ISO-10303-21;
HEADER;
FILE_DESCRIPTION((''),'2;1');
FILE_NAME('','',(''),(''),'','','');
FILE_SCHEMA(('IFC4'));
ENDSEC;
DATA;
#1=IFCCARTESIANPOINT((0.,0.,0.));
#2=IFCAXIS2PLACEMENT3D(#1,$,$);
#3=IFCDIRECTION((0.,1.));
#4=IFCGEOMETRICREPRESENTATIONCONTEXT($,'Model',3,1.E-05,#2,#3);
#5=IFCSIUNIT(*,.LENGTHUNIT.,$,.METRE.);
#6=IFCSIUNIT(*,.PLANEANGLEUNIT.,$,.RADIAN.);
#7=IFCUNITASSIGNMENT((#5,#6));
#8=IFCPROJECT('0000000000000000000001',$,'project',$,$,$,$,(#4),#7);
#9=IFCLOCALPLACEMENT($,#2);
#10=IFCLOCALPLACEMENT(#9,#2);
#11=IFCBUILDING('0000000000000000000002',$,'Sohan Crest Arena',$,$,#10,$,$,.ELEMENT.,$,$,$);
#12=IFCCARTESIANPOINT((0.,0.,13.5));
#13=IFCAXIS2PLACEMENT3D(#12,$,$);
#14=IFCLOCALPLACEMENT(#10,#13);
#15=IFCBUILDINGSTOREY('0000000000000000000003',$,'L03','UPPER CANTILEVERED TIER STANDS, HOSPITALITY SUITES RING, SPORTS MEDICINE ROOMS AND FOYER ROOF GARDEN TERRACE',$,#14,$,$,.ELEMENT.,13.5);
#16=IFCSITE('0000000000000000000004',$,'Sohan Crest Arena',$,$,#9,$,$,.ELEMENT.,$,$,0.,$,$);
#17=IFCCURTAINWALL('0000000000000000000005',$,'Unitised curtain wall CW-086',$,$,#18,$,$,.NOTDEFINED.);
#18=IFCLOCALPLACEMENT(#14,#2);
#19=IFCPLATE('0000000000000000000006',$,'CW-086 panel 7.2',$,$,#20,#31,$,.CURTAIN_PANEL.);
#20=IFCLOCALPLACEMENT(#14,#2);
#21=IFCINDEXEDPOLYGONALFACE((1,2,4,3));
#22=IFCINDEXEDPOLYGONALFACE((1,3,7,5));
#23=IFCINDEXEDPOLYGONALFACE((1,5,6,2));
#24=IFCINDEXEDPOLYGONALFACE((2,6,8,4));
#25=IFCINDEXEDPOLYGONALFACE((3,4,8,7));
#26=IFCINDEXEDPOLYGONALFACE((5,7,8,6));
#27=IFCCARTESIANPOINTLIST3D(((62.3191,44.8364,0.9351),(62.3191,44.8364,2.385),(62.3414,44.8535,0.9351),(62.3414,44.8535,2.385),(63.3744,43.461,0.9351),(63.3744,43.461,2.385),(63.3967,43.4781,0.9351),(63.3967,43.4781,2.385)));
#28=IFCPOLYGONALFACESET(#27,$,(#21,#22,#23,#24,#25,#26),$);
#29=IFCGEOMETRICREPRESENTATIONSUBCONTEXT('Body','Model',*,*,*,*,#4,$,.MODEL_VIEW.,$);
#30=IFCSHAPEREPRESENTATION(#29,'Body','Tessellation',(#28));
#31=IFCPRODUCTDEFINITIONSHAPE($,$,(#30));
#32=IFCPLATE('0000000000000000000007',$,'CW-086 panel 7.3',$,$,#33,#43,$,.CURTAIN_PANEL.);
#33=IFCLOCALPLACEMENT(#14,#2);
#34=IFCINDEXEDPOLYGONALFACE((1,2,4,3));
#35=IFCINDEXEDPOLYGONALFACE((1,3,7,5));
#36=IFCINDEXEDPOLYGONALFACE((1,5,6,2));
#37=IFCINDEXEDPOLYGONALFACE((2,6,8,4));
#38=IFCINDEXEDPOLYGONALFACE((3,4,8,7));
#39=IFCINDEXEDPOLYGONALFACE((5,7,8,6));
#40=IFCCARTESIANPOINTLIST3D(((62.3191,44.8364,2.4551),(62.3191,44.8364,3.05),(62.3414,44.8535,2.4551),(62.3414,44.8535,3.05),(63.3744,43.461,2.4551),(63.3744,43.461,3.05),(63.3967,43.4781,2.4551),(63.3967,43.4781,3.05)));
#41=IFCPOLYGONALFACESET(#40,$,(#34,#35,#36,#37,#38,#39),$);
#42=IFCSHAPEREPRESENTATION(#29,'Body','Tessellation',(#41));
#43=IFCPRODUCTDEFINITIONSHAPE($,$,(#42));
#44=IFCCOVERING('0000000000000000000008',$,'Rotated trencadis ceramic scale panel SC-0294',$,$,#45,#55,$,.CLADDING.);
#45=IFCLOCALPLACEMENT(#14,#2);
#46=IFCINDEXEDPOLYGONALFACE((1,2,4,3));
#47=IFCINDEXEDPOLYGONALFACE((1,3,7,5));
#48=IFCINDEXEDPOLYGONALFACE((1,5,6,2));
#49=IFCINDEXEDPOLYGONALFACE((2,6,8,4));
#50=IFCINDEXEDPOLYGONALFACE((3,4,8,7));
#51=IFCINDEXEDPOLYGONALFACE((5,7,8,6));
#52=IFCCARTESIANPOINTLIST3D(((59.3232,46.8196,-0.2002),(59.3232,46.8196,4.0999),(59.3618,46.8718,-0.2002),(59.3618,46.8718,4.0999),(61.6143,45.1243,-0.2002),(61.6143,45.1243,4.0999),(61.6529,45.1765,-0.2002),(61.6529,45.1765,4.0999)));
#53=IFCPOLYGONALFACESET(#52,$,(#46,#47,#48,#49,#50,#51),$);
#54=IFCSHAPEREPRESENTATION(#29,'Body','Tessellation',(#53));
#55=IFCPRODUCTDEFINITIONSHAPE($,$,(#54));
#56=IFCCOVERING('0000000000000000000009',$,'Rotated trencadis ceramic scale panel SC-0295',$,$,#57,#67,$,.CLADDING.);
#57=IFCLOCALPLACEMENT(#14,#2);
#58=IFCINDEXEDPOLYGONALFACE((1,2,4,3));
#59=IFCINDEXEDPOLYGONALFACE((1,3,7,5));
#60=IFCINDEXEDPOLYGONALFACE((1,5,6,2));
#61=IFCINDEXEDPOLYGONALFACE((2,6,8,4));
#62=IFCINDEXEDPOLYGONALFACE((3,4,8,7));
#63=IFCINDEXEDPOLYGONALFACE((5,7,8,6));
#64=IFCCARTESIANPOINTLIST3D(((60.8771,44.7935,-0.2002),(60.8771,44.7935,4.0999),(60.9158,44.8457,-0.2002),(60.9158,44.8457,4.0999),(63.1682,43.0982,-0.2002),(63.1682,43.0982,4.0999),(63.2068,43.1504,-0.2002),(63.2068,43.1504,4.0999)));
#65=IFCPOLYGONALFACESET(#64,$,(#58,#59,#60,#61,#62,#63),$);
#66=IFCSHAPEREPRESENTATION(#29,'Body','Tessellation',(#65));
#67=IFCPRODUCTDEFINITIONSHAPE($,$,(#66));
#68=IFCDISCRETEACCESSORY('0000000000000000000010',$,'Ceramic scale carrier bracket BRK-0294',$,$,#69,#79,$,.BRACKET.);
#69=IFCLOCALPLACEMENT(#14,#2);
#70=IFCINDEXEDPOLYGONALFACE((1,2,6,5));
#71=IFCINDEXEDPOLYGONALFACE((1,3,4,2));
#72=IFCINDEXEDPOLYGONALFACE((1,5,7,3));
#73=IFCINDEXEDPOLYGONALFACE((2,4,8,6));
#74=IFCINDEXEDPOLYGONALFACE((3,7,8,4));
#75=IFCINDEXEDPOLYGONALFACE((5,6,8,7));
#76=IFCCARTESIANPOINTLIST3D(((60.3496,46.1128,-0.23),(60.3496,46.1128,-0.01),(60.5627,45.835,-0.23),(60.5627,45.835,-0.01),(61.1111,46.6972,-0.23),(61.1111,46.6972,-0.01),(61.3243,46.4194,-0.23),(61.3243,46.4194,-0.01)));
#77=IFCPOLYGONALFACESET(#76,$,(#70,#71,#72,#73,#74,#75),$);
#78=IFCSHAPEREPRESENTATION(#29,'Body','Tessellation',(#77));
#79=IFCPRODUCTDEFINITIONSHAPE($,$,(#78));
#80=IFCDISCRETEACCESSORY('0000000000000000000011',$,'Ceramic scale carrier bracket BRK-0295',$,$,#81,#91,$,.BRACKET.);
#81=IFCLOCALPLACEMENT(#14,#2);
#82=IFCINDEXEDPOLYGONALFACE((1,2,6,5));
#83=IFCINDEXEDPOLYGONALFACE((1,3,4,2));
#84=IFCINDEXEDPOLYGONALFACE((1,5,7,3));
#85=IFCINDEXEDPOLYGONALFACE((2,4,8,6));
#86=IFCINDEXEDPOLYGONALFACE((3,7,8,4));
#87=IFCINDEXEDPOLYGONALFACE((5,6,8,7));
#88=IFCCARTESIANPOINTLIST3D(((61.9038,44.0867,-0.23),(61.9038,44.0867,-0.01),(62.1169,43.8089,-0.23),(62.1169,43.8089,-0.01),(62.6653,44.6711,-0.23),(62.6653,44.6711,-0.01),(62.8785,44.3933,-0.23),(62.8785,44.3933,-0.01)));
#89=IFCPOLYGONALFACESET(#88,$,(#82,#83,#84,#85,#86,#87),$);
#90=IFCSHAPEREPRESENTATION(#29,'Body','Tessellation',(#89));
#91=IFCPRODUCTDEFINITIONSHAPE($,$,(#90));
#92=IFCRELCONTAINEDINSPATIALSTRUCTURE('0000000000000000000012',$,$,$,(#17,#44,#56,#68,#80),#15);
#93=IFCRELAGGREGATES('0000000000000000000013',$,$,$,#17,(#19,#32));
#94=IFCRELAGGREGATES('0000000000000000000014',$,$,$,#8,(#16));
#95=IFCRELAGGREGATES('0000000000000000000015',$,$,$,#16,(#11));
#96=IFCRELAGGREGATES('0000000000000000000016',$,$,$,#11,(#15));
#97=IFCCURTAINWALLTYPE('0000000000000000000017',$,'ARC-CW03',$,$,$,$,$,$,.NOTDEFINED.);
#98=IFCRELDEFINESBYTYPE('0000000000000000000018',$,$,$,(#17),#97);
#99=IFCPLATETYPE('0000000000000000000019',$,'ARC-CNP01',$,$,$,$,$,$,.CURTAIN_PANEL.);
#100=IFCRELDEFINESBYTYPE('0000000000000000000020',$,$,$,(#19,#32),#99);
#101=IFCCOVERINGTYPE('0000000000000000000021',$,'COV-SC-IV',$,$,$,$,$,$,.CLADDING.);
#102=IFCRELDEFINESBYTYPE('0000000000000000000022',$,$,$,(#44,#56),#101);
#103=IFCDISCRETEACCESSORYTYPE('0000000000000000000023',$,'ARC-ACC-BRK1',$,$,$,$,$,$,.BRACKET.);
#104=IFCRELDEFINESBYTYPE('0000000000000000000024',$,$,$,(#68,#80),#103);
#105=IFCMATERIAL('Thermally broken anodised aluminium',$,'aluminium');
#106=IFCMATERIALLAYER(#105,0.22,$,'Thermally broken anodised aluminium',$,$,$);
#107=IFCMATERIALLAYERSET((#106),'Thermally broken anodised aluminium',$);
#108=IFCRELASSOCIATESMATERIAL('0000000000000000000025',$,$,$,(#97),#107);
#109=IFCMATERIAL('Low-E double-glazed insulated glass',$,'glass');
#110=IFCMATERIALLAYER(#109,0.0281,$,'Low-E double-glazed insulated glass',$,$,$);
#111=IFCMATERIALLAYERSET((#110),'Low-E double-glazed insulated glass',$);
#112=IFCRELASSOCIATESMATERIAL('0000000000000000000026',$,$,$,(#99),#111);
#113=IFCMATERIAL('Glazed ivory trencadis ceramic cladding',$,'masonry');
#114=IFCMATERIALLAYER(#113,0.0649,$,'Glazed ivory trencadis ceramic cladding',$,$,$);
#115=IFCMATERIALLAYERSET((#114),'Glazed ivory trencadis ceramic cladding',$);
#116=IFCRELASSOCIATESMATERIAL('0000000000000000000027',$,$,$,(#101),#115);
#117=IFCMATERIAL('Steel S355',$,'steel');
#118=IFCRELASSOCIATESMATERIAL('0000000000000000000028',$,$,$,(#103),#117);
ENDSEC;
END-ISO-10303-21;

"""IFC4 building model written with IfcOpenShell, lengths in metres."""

from ifc_helpers import new_model, si_unit, direction, frame, origin, origin_2d, place, context, subcontext, project, spatial, rectangle, extrude, material, layer, layer_set, type_object, element, aggregate, save


model = new_model("IFC4")

# Units and contexts
model_context = context("Model", 3, precision=1e-05, world=origin(), true_north=direction((0.0, 1.0)))
body_context = subcontext(model_context, "Body", "Model", "MODEL_VIEW")
ifc_project = project(units=[si_unit("LENGTHUNIT", "METRE"), si_unit("PLANEANGLEUNIT", "RADIAN")], contexts=[model_context])

# Site, building, storey
site_placement = place(None, origin())
site = spatial("IfcSite", under=ifc_project, at=site_placement, Name="Sohan Crest Arena", CompositionType="ELEMENT", RefElevation=0.0)
building_placement = place(site_placement, origin())
building = spatial("IfcBuilding", under=site, at=building_placement, Name="Sohan Crest Arena", CompositionType="ELEMENT")
storey_placement = place(building_placement, frame((0.0, 0.0, 13.5)))
storey = spatial("IfcBuildingStorey", under=building, at=storey_placement, Name="L03", Description="UPPER CANTILEVERED TIER STANDS, HOSPITALITY SUITES RING, SPORTS MEDICINE ROOMS AND FOYER ROOF GARDEN TERRACE", CompositionType="ELEMENT", Elevation=13.5)

# Shared definitions
ifc_material_1 = material(Name="Steel S355", Category="steel")

# Curtain wall
ifc_material_2 = material(Name="Thermally broken anodised aluminium", Category="aluminium")
ifc_layer_1 = layer(ifc_material_2, 0.22, Name="Thermally broken anodised aluminium")
ifc_layer_set_1 = layer_set([ifc_layer_1], Name="Thermally broken anodised aluminium")
curtain_wall_type_1 = type_object("IfcCurtainWallType", Name="ARC-CW03", PredefinedType="NOTDEFINED", material=ifc_layer_set_1)
curtain_wall_1_placement = place(storey_placement, origin())
curtain_wall_1 = element("IfcCurtainWall", 1, at=curtain_wall_1_placement, inside=storey, type_object=curtain_wall_type_1, Name="Unitised curtain wall CW-086", PredefinedType="NOTDEFINED")

# Plates
ifc_material_3 = material(Name="Low-E double-glazed insulated glass", Category="glass")
ifc_layer_2 = layer(ifc_material_3, 0.0281, Name="Low-E double-glazed insulated glass")
ifc_layer_set_2 = layer_set([ifc_layer_2], Name="Low-E double-glazed insulated glass")
plate_type = type_object("IfcPlateType", Name="ARC-CNP01", PredefinedType="CURTAIN_PANEL", material=ifc_layer_set_2)
plate_1_placement = place(storey_placement, frame((62.8579, 44.1572, 0.9351), z_axis=(0.0, 0.0, 1.0), x_axis=(0.608737, -0.793372, 0.0)))
plate_1 = element("IfcPlate", 2, at=plate_1_placement, type_object=plate_type, Name="CW-086 panel 7.2", PredefinedType="CURTAIN_PANEL", context=body_context, shape_type="SweptSolid", body=[
    extrude(rectangle(XDim=1.7336, YDim=0.0281, at=origin_2d()), origin(), (0.0, 0.0, 1.0), 1.45),
])
plate_2_placement = place(storey_placement, frame((62.8579, 44.1572, 2.4551), z_axis=(0.0, 0.0, 1.0), x_axis=(0.608737, -0.793372, 0.0)))
plate_2 = element("IfcPlate", 3, at=plate_2_placement, type_object=plate_type, Name="CW-086 panel 7.3", PredefinedType="CURTAIN_PANEL", context=body_context, shape_type="SweptSolid", body=[
    extrude(rectangle(XDim=1.7336, YDim=0.0281, at=origin_2d()), origin(), (0.0, 0.0, 1.0), 0.595),
])
aggregate(curtain_wall_1, [plate_1, plate_2])

# Coverings
ifc_material_4 = material(Name="Glazed ivory trencadis ceramic cladding", Category="masonry")
ifc_layer_3 = layer(ifc_material_4, 0.0649, Name="Glazed ivory trencadis ceramic cladding")
ifc_layer_set_3 = layer_set([ifc_layer_3], Name="Glazed ivory trencadis ceramic cladding")
covering_type = type_object("IfcCoveringType", Name="COV-SC-IV", PredefinedType="CLADDING", material=ifc_layer_set_3)
for number, where, z_axis, x_axis, name in (
    (4, (60.488, 45.998, -0.2002), (0.0, 0.0, 1.0), (0.803857, -0.594823, 0.0), "Rotated trencadis ceramic scale panel SC-0294"),
    (5, (62.042, 43.9719, -0.2002), (0.0, 0.0, 1.0), (0.803857, -0.594823, 0.0), "Rotated trencadis ceramic scale panel SC-0295"),
):
    element("IfcCovering", number, at=place(storey_placement, frame(where, z_axis=z_axis, x_axis=x_axis)), inside=storey, type_object=covering_type, Name=name, PredefinedType="CLADDING", context=body_context, shape_type="SweptSolid", body=[
        extrude(rectangle(XDim=2.8501, YDim=0.0649, at=origin_2d()), origin(), (0.0, 0.0, 1.0), 4.3),
    ])

# Discrete accessories
discrete_accessory_type = type_object("IfcDiscreteAccessoryType", Name="ARC-ACC-BRK1", PredefinedType="BRACKET", material=ifc_material_1)
for number, where, z_axis, x_axis, name in (
    (6, (60.8369, 46.2661, -0.23), (0.0, 0.0, 1.0), (0.608761, -0.793353, 0.0), "Ceramic scale carrier bracket BRK-0294"),
    (7, (62.3911, 44.24, -0.23), (0.0, 0.0, 1.0), (0.608761, -0.793353, 0.0), "Ceramic scale carrier bracket BRK-0295"),
):
    element("IfcDiscreteAccessory", number, at=place(storey_placement, frame(where, z_axis=z_axis, x_axis=x_axis)), inside=storey, type_object=discrete_accessory_type, Name=name, PredefinedType="BRACKET", context=body_context, shape_type="SweptSolid", body=[
        extrude(rectangle(XDim=0.3501, YDim=0.96, at=origin_2d()), origin(), (0.0, 0.0, 1.0), 0.22),
    ])

save(model, "model.ifc")
